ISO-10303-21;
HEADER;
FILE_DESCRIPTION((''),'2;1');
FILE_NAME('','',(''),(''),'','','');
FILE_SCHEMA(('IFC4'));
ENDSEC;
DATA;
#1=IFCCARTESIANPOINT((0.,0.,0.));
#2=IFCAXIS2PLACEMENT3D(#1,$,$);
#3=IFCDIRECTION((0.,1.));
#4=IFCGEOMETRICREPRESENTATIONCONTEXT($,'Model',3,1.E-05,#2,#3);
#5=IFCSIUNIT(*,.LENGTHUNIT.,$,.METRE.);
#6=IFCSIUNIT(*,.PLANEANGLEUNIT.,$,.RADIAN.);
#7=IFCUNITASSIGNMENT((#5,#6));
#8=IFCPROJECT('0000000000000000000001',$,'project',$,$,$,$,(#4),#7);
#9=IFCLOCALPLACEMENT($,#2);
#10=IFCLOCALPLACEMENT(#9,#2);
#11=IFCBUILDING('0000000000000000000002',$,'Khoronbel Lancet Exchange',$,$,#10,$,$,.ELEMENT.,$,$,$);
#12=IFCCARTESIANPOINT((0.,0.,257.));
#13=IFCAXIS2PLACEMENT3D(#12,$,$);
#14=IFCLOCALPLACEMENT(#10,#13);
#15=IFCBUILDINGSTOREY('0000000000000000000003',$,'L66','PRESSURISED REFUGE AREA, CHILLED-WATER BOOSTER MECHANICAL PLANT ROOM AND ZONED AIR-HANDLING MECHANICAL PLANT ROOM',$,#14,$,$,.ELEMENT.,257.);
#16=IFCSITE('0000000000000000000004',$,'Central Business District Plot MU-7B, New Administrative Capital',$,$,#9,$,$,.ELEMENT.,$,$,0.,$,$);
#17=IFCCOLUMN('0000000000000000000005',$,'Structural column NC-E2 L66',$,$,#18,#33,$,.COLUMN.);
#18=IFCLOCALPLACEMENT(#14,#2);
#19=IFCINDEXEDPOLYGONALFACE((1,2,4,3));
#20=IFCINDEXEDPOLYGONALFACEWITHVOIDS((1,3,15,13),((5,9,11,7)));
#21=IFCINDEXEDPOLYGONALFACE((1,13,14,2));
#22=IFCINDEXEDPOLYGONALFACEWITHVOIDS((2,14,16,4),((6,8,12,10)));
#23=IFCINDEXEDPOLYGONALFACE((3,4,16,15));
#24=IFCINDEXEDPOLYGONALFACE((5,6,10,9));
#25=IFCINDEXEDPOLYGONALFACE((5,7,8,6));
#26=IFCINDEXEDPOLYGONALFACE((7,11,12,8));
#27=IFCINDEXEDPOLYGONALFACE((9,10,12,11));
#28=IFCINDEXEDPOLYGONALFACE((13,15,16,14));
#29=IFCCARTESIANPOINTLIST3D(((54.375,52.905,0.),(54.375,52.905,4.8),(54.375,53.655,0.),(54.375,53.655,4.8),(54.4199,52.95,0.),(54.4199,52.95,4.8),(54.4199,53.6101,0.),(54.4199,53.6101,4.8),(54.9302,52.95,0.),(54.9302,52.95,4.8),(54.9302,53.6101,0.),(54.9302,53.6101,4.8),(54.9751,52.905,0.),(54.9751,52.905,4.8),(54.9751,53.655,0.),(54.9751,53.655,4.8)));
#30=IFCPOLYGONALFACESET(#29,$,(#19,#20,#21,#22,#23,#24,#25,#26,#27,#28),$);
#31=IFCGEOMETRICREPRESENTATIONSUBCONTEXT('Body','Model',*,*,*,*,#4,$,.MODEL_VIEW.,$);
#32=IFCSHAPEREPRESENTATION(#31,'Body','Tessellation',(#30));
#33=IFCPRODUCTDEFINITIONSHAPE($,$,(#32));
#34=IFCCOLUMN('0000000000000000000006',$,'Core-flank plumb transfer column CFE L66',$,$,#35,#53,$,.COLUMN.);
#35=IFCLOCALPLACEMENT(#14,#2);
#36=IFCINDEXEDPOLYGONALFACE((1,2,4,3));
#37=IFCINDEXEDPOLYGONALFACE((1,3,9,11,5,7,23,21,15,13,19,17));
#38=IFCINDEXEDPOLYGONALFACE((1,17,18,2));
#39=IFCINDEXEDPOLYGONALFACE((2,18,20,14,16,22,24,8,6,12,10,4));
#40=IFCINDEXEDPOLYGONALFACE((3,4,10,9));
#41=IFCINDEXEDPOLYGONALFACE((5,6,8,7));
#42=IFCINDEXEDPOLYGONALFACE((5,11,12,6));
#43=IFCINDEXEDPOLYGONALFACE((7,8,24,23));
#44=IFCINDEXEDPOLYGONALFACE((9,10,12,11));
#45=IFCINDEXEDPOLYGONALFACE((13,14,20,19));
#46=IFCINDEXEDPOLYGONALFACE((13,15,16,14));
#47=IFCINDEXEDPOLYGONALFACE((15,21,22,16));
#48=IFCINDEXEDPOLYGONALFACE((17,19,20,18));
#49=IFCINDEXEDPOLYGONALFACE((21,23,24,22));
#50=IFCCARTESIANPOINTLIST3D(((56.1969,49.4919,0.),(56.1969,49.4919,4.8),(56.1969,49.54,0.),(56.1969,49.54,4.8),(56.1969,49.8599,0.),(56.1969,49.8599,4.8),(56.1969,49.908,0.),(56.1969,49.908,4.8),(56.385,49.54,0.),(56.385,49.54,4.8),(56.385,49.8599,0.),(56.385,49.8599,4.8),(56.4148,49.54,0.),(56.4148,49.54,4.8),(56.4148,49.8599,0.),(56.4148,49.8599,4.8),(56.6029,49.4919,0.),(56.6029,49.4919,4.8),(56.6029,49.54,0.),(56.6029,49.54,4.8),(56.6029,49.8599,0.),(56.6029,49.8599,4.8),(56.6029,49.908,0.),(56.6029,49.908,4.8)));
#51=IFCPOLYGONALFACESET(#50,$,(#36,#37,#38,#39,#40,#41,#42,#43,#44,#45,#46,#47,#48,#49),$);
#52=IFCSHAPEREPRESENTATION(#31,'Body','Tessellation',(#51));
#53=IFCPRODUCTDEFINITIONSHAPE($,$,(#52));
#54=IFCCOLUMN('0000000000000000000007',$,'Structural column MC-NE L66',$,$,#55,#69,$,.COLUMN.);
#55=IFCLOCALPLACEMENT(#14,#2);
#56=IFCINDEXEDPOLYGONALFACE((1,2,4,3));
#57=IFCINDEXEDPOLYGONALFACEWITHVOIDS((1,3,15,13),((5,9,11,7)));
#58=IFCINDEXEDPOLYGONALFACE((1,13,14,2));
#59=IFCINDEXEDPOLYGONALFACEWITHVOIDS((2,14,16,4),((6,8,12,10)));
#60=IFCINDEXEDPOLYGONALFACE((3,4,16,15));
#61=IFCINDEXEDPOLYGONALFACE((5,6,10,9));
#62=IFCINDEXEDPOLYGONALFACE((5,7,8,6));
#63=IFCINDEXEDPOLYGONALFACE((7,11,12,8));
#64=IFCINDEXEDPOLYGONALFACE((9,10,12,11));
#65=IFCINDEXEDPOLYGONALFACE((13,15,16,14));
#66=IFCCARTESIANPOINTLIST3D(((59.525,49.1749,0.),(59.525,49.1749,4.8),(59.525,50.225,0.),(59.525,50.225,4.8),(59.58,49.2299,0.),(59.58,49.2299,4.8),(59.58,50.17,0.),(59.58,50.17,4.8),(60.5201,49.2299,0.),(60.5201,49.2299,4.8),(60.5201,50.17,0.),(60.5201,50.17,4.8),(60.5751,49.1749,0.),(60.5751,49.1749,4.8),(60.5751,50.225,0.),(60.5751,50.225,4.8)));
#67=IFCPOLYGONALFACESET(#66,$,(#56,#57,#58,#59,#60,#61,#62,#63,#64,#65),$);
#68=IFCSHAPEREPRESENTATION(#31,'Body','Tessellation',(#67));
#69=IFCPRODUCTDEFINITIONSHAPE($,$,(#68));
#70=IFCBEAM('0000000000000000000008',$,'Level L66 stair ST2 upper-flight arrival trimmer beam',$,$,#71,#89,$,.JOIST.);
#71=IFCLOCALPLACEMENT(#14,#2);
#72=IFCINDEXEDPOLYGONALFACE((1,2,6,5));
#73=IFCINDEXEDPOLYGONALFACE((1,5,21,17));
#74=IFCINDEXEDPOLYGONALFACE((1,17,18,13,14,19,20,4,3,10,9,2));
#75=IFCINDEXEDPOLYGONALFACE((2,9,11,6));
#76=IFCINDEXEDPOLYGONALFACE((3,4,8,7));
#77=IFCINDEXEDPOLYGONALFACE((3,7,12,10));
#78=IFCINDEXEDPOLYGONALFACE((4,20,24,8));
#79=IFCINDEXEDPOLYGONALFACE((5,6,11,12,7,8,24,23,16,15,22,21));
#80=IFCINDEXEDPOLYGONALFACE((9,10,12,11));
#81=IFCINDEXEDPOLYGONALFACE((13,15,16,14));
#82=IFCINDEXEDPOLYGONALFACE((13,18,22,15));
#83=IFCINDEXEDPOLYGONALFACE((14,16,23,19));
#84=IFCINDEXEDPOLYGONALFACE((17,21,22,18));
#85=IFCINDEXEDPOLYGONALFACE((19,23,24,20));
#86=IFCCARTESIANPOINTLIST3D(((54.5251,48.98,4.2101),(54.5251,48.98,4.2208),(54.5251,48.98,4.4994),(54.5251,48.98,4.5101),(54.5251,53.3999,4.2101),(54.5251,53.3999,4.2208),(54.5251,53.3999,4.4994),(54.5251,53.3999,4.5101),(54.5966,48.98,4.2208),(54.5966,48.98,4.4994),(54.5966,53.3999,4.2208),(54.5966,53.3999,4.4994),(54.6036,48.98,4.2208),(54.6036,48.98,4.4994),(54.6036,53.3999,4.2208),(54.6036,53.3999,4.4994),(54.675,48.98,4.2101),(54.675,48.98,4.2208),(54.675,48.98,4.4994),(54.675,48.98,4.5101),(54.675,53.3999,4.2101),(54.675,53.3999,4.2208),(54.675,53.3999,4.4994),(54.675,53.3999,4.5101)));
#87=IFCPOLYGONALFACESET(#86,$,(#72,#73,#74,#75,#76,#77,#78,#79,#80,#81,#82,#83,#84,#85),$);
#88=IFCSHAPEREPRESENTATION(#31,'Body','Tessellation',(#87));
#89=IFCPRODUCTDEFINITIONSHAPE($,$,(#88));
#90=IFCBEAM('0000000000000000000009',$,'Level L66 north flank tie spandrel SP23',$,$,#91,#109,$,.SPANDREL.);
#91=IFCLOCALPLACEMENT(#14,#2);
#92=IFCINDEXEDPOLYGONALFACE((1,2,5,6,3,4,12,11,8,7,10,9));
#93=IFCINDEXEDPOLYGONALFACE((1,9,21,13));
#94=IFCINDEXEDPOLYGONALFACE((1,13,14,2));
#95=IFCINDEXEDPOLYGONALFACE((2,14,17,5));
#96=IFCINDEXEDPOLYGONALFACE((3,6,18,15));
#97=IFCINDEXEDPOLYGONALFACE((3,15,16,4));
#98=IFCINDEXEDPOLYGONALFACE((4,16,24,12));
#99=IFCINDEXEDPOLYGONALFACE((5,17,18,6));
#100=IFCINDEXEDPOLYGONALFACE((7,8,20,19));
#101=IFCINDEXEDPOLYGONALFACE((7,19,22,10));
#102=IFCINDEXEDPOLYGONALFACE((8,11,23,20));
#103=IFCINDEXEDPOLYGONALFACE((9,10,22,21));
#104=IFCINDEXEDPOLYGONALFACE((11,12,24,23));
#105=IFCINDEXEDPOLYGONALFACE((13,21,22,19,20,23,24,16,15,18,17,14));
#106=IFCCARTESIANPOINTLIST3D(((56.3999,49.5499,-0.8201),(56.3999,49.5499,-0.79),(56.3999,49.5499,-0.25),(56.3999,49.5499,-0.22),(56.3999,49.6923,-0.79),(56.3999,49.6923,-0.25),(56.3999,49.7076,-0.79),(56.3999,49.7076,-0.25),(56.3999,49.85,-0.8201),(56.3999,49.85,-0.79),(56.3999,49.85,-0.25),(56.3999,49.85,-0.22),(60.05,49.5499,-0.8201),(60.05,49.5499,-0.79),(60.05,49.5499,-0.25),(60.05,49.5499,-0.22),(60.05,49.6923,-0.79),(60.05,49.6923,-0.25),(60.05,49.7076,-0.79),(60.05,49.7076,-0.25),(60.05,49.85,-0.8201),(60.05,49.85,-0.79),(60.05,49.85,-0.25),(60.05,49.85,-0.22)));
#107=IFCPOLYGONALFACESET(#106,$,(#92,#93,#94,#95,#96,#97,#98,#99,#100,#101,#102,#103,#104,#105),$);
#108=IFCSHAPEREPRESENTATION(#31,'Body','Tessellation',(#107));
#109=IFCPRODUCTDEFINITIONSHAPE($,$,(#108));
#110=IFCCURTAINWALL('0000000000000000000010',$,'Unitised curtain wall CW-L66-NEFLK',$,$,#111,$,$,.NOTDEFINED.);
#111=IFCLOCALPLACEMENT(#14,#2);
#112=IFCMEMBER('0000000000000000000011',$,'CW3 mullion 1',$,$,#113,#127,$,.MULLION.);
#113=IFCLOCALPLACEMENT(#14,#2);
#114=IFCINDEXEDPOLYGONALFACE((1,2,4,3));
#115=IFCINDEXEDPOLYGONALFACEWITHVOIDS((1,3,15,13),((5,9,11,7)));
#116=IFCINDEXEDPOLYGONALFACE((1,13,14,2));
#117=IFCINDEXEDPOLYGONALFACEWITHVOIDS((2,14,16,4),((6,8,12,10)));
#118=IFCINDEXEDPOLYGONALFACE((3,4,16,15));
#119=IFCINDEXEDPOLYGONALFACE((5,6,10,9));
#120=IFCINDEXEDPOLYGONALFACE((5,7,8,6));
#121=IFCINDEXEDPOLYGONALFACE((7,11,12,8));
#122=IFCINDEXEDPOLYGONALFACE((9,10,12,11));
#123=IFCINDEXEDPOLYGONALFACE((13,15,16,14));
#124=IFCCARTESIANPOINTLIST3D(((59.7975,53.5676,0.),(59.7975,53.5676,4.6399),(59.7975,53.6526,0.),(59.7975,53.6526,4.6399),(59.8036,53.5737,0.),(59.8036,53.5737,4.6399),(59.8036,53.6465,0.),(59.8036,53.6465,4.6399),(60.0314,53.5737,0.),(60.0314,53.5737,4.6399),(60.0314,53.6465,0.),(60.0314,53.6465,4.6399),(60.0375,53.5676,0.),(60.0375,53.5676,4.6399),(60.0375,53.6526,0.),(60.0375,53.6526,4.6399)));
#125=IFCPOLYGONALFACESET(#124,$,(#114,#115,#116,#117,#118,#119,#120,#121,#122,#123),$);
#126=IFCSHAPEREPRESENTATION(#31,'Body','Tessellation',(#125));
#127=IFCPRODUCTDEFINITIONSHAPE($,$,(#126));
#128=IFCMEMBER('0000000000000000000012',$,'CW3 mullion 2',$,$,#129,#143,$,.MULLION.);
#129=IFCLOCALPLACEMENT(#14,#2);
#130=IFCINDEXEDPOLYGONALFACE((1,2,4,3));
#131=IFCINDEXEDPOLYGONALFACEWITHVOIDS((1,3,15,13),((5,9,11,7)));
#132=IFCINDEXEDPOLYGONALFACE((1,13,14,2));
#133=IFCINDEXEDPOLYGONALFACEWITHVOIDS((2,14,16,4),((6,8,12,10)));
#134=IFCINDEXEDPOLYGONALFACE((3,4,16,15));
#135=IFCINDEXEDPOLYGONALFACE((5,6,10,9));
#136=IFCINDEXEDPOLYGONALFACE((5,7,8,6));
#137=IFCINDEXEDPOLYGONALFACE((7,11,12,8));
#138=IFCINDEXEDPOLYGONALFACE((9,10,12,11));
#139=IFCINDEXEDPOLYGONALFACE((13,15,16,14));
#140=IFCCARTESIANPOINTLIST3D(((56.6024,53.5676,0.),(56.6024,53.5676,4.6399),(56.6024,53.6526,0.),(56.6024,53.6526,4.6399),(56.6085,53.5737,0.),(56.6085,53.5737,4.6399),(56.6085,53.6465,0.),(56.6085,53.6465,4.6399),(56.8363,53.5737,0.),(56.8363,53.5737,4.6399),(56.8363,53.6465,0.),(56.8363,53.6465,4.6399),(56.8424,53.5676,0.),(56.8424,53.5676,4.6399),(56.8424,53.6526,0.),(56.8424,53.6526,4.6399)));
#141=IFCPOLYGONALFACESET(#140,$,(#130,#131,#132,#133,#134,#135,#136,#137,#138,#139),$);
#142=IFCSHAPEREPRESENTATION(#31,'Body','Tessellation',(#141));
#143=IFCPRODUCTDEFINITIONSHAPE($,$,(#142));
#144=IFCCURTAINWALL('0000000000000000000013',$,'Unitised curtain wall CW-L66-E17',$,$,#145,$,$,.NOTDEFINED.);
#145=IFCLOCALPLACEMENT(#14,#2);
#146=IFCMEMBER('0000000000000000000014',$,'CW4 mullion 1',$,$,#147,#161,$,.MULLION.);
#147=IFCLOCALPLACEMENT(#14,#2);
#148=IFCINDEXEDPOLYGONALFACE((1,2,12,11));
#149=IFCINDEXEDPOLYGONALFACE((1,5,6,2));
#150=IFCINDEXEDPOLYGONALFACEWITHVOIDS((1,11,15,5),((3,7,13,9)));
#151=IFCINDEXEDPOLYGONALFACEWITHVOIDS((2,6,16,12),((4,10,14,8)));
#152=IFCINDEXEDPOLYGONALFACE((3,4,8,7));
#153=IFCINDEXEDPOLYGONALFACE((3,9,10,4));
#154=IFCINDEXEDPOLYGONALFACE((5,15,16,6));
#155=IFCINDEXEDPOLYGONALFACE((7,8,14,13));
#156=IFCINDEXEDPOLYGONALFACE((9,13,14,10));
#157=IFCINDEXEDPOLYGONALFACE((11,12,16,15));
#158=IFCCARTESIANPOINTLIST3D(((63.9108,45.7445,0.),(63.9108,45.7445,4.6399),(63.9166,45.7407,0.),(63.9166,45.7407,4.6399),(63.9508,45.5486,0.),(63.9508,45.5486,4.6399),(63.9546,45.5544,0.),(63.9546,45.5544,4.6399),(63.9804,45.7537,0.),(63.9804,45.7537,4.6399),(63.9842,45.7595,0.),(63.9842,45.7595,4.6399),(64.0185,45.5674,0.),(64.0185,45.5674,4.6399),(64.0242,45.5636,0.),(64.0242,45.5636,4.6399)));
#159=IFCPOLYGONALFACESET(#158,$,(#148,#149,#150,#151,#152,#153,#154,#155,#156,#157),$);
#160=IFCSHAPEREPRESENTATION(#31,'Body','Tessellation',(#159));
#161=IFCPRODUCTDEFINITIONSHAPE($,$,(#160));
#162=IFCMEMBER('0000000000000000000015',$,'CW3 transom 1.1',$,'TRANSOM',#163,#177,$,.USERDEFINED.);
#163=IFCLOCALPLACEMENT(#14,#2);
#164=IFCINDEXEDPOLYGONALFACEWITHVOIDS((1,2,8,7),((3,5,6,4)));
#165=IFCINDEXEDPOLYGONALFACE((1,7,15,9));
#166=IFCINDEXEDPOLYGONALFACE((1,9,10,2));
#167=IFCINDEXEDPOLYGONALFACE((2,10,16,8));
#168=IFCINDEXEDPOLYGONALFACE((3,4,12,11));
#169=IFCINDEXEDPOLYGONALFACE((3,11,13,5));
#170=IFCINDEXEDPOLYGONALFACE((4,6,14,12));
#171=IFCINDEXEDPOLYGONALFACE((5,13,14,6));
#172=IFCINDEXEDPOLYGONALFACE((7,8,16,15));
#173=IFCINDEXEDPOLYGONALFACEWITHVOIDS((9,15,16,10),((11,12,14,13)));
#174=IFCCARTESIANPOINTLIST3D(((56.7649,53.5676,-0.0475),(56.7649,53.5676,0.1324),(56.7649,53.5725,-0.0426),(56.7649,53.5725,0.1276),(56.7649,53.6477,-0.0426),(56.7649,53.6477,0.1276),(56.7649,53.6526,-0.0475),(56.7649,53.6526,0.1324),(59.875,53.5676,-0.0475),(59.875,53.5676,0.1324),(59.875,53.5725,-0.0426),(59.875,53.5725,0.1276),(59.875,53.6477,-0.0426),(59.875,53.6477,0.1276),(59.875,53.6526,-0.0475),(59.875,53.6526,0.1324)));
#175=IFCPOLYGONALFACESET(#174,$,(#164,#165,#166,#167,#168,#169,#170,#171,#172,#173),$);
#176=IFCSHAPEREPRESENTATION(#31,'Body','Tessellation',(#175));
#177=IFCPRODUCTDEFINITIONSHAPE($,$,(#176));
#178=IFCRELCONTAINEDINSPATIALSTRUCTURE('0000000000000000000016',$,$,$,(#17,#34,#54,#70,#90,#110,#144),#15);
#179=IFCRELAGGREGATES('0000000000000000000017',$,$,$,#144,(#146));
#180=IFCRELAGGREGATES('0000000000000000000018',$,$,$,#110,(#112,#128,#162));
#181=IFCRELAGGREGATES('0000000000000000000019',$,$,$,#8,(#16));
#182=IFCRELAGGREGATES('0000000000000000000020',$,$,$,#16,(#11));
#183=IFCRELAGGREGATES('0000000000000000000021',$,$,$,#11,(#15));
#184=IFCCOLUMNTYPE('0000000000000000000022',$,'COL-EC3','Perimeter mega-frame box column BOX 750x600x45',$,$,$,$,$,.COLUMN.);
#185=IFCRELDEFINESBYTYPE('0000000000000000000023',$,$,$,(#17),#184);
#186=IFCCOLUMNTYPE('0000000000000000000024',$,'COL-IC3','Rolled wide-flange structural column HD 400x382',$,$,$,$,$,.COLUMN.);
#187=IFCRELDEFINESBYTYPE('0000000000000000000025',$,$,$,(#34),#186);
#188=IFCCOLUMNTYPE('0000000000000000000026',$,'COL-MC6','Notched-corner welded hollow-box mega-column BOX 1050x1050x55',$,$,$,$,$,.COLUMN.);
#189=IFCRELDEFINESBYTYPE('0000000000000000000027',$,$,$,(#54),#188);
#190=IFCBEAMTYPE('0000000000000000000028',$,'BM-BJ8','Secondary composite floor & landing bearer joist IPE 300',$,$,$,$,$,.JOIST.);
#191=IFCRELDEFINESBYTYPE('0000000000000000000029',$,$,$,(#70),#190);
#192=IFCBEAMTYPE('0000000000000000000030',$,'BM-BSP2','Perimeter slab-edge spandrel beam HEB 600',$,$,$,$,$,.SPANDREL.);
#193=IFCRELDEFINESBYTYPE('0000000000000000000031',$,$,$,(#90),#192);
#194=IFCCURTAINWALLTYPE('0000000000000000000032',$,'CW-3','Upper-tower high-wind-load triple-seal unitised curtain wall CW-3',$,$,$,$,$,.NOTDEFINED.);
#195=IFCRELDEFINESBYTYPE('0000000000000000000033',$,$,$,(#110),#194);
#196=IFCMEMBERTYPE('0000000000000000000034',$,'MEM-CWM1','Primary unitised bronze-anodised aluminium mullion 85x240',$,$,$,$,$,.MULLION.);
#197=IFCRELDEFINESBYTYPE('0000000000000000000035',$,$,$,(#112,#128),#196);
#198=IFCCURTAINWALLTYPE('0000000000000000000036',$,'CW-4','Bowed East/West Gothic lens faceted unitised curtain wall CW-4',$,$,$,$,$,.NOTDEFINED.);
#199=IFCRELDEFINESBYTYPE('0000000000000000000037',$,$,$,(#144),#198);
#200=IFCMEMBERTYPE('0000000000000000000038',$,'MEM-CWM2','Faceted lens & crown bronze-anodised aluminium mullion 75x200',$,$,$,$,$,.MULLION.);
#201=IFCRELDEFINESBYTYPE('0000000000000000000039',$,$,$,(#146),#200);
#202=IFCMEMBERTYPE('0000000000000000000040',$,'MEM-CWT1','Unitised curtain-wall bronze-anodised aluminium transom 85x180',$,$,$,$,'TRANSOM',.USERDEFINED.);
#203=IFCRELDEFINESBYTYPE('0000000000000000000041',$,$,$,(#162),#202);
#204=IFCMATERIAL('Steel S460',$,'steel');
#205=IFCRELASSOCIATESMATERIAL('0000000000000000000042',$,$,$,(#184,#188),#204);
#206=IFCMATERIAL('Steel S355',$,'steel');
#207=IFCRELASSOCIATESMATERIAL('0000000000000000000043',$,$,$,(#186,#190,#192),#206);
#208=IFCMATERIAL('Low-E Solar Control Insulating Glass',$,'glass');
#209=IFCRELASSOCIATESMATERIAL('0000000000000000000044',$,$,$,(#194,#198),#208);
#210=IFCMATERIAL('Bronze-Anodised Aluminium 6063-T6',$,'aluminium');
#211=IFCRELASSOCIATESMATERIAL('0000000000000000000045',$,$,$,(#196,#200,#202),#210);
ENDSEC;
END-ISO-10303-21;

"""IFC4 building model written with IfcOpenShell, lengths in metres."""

from ifc_helpers import new_model, si_unit, direction, frame, origin, origin_2d, place, context, subcontext, project, spatial, hollow_rectangle, i_section, extrude, material, material_profile, profile_set, type_object, element, aggregate, save


model = new_model("IFC4")

# Units and contexts
model_context = context("Model", 3, precision=1e-05, world=origin(), true_north=direction((0.0, 1.0)))
body_context = subcontext(model_context, "Body", "Model", "MODEL_VIEW")
ifc_project = project(units=[si_unit("LENGTHUNIT", "METRE"), si_unit("PLANEANGLEUNIT", "RADIAN")], contexts=[model_context])

# Site, building, storey
site_placement = place(None, origin())
site = spatial("IfcSite", under=ifc_project, at=site_placement, Name="Central Business District Plot MU-7B, New Administrative Capital", CompositionType="ELEMENT", RefElevation=0.0)
building_placement = place(site_placement, origin())
building = spatial("IfcBuilding", under=site, at=building_placement, Name="Khoronbel Lancet Exchange", CompositionType="ELEMENT")
storey_placement = place(building_placement, frame((0.0, 0.0, 257.0)))
storey = spatial("IfcBuildingStorey", under=building, at=storey_placement, Name="L66", Description="PRESSURISED REFUGE AREA, CHILLED-WATER BOOSTER MECHANICAL PLANT ROOM AND ZONED AIR-HANDLING MECHANICAL PLANT ROOM", CompositionType="ELEMENT", Elevation=257.0)

# Columns
ifc_material_1 = material(Name="Steel S460", Category="steel")
ifc_material_profile_1 = material_profile(ifc_material_1, hollow_rectangle(XDim=0.6001, YDim=0.75, WallThickness=0.0449, at=origin_2d()), Name="BOX 750x600x45")
ifc_profile_set_1 = profile_set([ifc_material_profile_1], Name="Steel S460")
column_type_1 = type_object("IfcColumnType", Name="COL-EC3", Description="Perimeter mega-frame box column BOX 750x600x45", PredefinedType="COLUMN", material=ifc_profile_set_1)
column_1_placement = place(storey_placement, frame((54.675, 53.28, 0.0), z_axis=(0.0, 0.0, 1.0), x_axis=(1.0, 0.0, 0.0)))
element("IfcColumn", 1, at=column_1_placement, inside=storey, type_object=column_type_1, Name="Structural column NC-E2 L66", PredefinedType="COLUMN", context=body_context, shape_type="SweptSolid", body=[
    extrude(hollow_rectangle(XDim=0.6001, YDim=0.75, WallThickness=0.0449, at=origin_2d()), origin(), (0.0, 0.0, 1.0), 4.8),
])
ifc_material_2 = material(Name="Steel S355", Category="steel")
ifc_material_profile_2 = material_profile(ifc_material_2, i_section(OverallWidth=0.406, OverallDepth=0.416, WebThickness=0.0298, FlangeThickness=0.0481, at=origin_2d()), Name="HD 400x382")
ifc_profile_set_2 = profile_set([ifc_material_profile_2], Name="Steel S355")
column_type_2 = type_object("IfcColumnType", Name="COL-IC3", Description="Rolled wide-flange structural column HD 400x382", PredefinedType="COLUMN", material=ifc_profile_set_2)
column_2_placement = place(storey_placement, frame((56.3999, 49.7, 0.0), z_axis=(0.0, 0.0, 1.0), x_axis=(1.0, 0.0, 0.0)))
element("IfcColumn", 2, at=column_2_placement, inside=storey, type_object=column_type_2, Name="Core-flank plumb transfer column CFE L66", PredefinedType="COLUMN", context=body_context, shape_type="SweptSolid", body=[
    extrude(i_section(OverallWidth=0.406, OverallDepth=0.416, WebThickness=0.0298, FlangeThickness=0.0481, at=origin_2d()), origin(), (0.0, 0.0, 1.0), 4.8),
])
ifc_material_profile_3 = material_profile(ifc_material_1, hollow_rectangle(XDim=1.05, YDim=1.05, WallThickness=0.0549, at=origin_2d()), Name="BOX 1050x1050x55")
ifc_profile_set_3 = profile_set([ifc_material_profile_3], Name="Steel S460")
column_type_3 = type_object("IfcColumnType", Name="COL-MC6", Description="Notched-corner welded hollow-box mega-column BOX 1050x1050x55", PredefinedType="COLUMN", material=ifc_profile_set_3)
column_3_placement = place(storey_placement, frame((60.05, 49.7, 0.0), z_axis=(0.0, 0.0, 1.0), x_axis=(1.0, 0.0, 0.0)))
element("IfcColumn", 3, at=column_3_placement, inside=storey, type_object=column_type_3, Name="Structural column MC-NE L66", PredefinedType="COLUMN", context=body_context, shape_type="SweptSolid", body=[
    extrude(hollow_rectangle(XDim=1.05, YDim=1.05, WallThickness=0.0549, at=origin_2d()), origin(), (0.0, 0.0, 1.0), 4.8),
])

# Beams
ifc_material_profile_4 = material_profile(ifc_material_2, i_section(OverallWidth=0.1499, OverallDepth=0.3, WebThickness=0.0071, FlangeThickness=0.0107, at=origin_2d()), Name="IPE 300")
ifc_profile_set_4 = profile_set([ifc_material_profile_4], Name="Steel S355")
beam_type_1 = type_object("IfcBeamType", Name="BM-BJ8", Description="Secondary composite floor & landing bearer joist IPE 300", PredefinedType="JOIST", material=ifc_profile_set_4)
beam_1_placement = place(storey_placement, frame((54.6001, 48.98, 4.3601), z_axis=(0.0, 1.0, 0.0), x_axis=(-1.0, 0.0, 0.0)))
element("IfcBeam", 4, at=beam_1_placement, inside=storey, type_object=beam_type_1, Name="Level L66 stair ST2 upper-flight arrival trimmer beam", PredefinedType="JOIST", context=body_context, shape_type="SweptSolid", body=[
    extrude(i_section(OverallWidth=0.1499, OverallDepth=0.3, WebThickness=0.0071, FlangeThickness=0.0107, at=origin_2d()), origin(), (0.0, 0.0, 1.0), 4.4199),
])
ifc_material_profile_5 = material_profile(ifc_material_2, i_section(OverallWidth=0.3, OverallDepth=0.6001, WebThickness=0.0154, FlangeThickness=0.03, at=origin_2d()), Name="HEB 600")
ifc_profile_set_5 = profile_set([ifc_material_profile_5], Name="Steel S355")
beam_type_2 = type_object("IfcBeamType", Name="BM-BSP2", Description="Perimeter slab-edge spandrel beam HEB 600", PredefinedType="SPANDREL", material=ifc_profile_set_5)
beam_2_placement = place(storey_placement, frame((60.05, 49.7, -0.52), z_axis=(-1.0, 0.0, 0.0), x_axis=(0.0, -1.0, 0.0)))
element("IfcBeam", 5, at=beam_2_placement, inside=storey, type_object=beam_type_2, Name="Level L66 north flank tie spandrel SP23", PredefinedType="SPANDREL", context=body_context, shape_type="SweptSolid", body=[
    extrude(i_section(OverallWidth=0.3, OverallDepth=0.6001, WebThickness=0.0154, FlangeThickness=0.03, at=origin_2d()), origin(), (0.0, 0.0, 1.0), 3.6501),
])

# Curtain wall, members
ifc_material_3 = material(Name="Low-E Solar Control Insulating Glass", Category="glass")
curtain_wall_type_1 = type_object("IfcCurtainWallType", Name="CW-3", Description="Upper-tower high-wind-load triple-seal unitised curtain wall CW-3", PredefinedType="NOTDEFINED", material=ifc_material_3)
curtain_wall_1_placement = place(storey_placement, origin())
curtain_wall_1 = element("IfcCurtainWall", 6, at=curtain_wall_1_placement, inside=storey, type_object=curtain_wall_type_1, Name="Unitised curtain wall CW-L66-NEFLK", PredefinedType="NOTDEFINED")
ifc_material_4 = material(Name="Bronze-Anodised Aluminium 6063-T6", Category="aluminium")
ifc_material_profile_6 = material_profile(ifc_material_4, hollow_rectangle(XDim=0.085, YDim=0.24, WallThickness=0.0061, at=origin_2d()), Name="ALU MULLION 85x240")
ifc_profile_set_6 = profile_set([ifc_material_profile_6], Name="Bronze-Anodised Aluminium 6063-T6")
member_type_1 = type_object("IfcMemberType", Name="MEM-CWM1", Description="Primary unitised bronze-anodised aluminium mullion 85x240", PredefinedType="MULLION", material=ifc_profile_set_6)
member_1_placement = place(storey_placement, frame((59.9175, 53.6101, 0.0), z_axis=(0.0, 0.0, 1.0), x_axis=(0.0, -1.0, 0.0)))
member_1 = element("IfcMember", 7, at=member_1_placement, type_object=member_type_1, Name="CW3 mullion 1", PredefinedType="MULLION", context=body_context, shape_type="SweptSolid", body=[
    extrude(hollow_rectangle(XDim=0.085, YDim=0.24, WallThickness=0.0061, at=origin_2d()), origin(), (0.0, 0.0, 1.0), 4.6399),
])
member_2_placement = place(storey_placement, frame((56.7224, 53.6101, 0.0), z_axis=(0.0, 0.0, 1.0), x_axis=(0.0, -1.0, 0.0)))
member_2 = element("IfcMember", 8, at=member_2_placement, type_object=member_type_1, Name="CW3 mullion 2", PredefinedType="MULLION", context=body_context, shape_type="SweptSolid", body=[
    extrude(hollow_rectangle(XDim=0.085, YDim=0.24, WallThickness=0.0061, at=origin_2d()), origin(), (0.0, 0.0, 1.0), 4.6399),
])

# Curtain wall, member
curtain_wall_type_2 = type_object("IfcCurtainWallType", Name="CW-4", Description="Bowed East/West Gothic lens faceted unitised curtain wall CW-4", PredefinedType="NOTDEFINED", material=ifc_material_3)
curtain_wall_2_placement = place(storey_placement, origin())
curtain_wall_2 = element("IfcCurtainWall", 9, at=curtain_wall_2_placement, inside=storey, type_object=curtain_wall_type_2, Name="Unitised curtain wall CW-L66-E17", PredefinedType="NOTDEFINED")
ifc_material_profile_7 = material_profile(ifc_material_4, hollow_rectangle(XDim=0.075, YDim=0.2, WallThickness=0.0049, at=origin_2d()), Name="ALU MULLION 75x200")
ifc_profile_set_7 = profile_set([ifc_material_profile_7], Name="Bronze-Anodised Aluminium 6063-T6")
member_type_2 = type_object("IfcMemberType", Name="MEM-CWM2", Description="Faceted lens & crown bronze-anodised aluminium mullion 75x200", PredefinedType="MULLION", material=ifc_profile_set_7)
member_3_placement = place(storey_placement, frame((63.9675, 45.6541, 0.0), z_axis=(0.0, 0.0, 1.0), x_axis=(0.979785, 0.200052, 0.0)))
member_3 = element("IfcMember", 10, at=member_3_placement, type_object=member_type_2, Name="CW4 mullion 1", PredefinedType="MULLION", context=body_context, shape_type="SweptSolid", body=[
    extrude(hollow_rectangle(XDim=0.075, YDim=0.2, WallThickness=0.0049, at=origin_2d()), origin(), (0.0, 0.0, 1.0), 4.6399),
])

# Member
ifc_material_profile_8 = material_profile(ifc_material_4, hollow_rectangle(XDim=0.085, YDim=0.1799, WallThickness=0.0049, at=origin_2d()), Name="ALU TRANSOM 85x180")
ifc_profile_set_8 = profile_set([ifc_material_profile_8], Name="Bronze-Anodised Aluminium 6063-T6")
member_type_3 = type_object("IfcMemberType", Name="MEM-CWT1", Description="Unitised curtain-wall bronze-anodised aluminium transom 85x180", ElementType="TRANSOM", PredefinedType="USERDEFINED", material=ifc_profile_set_8)
member_4_placement = place(storey_placement, frame((59.875, 53.6101, 0.0425), z_axis=(-1.0, 0.0, 0.0), x_axis=(0.0, -1.0, 0.0)))
member_4 = element("IfcMember", 11, at=member_4_placement, type_object=member_type_3, Name="CW3 transom 1.1", ObjectType="TRANSOM", PredefinedType="USERDEFINED", context=body_context, shape_type="SweptSolid", body=[
    extrude(hollow_rectangle(XDim=0.085, YDim=0.1799, WallThickness=0.0049, at=origin_2d()), origin(), (0.0, 0.0, 1.0), 3.1101),
])
aggregate(curtain_wall_2, [member_3])

aggregate(curtain_wall_1, [member_1, member_2, member_4])

save(model, "model.ifc")
